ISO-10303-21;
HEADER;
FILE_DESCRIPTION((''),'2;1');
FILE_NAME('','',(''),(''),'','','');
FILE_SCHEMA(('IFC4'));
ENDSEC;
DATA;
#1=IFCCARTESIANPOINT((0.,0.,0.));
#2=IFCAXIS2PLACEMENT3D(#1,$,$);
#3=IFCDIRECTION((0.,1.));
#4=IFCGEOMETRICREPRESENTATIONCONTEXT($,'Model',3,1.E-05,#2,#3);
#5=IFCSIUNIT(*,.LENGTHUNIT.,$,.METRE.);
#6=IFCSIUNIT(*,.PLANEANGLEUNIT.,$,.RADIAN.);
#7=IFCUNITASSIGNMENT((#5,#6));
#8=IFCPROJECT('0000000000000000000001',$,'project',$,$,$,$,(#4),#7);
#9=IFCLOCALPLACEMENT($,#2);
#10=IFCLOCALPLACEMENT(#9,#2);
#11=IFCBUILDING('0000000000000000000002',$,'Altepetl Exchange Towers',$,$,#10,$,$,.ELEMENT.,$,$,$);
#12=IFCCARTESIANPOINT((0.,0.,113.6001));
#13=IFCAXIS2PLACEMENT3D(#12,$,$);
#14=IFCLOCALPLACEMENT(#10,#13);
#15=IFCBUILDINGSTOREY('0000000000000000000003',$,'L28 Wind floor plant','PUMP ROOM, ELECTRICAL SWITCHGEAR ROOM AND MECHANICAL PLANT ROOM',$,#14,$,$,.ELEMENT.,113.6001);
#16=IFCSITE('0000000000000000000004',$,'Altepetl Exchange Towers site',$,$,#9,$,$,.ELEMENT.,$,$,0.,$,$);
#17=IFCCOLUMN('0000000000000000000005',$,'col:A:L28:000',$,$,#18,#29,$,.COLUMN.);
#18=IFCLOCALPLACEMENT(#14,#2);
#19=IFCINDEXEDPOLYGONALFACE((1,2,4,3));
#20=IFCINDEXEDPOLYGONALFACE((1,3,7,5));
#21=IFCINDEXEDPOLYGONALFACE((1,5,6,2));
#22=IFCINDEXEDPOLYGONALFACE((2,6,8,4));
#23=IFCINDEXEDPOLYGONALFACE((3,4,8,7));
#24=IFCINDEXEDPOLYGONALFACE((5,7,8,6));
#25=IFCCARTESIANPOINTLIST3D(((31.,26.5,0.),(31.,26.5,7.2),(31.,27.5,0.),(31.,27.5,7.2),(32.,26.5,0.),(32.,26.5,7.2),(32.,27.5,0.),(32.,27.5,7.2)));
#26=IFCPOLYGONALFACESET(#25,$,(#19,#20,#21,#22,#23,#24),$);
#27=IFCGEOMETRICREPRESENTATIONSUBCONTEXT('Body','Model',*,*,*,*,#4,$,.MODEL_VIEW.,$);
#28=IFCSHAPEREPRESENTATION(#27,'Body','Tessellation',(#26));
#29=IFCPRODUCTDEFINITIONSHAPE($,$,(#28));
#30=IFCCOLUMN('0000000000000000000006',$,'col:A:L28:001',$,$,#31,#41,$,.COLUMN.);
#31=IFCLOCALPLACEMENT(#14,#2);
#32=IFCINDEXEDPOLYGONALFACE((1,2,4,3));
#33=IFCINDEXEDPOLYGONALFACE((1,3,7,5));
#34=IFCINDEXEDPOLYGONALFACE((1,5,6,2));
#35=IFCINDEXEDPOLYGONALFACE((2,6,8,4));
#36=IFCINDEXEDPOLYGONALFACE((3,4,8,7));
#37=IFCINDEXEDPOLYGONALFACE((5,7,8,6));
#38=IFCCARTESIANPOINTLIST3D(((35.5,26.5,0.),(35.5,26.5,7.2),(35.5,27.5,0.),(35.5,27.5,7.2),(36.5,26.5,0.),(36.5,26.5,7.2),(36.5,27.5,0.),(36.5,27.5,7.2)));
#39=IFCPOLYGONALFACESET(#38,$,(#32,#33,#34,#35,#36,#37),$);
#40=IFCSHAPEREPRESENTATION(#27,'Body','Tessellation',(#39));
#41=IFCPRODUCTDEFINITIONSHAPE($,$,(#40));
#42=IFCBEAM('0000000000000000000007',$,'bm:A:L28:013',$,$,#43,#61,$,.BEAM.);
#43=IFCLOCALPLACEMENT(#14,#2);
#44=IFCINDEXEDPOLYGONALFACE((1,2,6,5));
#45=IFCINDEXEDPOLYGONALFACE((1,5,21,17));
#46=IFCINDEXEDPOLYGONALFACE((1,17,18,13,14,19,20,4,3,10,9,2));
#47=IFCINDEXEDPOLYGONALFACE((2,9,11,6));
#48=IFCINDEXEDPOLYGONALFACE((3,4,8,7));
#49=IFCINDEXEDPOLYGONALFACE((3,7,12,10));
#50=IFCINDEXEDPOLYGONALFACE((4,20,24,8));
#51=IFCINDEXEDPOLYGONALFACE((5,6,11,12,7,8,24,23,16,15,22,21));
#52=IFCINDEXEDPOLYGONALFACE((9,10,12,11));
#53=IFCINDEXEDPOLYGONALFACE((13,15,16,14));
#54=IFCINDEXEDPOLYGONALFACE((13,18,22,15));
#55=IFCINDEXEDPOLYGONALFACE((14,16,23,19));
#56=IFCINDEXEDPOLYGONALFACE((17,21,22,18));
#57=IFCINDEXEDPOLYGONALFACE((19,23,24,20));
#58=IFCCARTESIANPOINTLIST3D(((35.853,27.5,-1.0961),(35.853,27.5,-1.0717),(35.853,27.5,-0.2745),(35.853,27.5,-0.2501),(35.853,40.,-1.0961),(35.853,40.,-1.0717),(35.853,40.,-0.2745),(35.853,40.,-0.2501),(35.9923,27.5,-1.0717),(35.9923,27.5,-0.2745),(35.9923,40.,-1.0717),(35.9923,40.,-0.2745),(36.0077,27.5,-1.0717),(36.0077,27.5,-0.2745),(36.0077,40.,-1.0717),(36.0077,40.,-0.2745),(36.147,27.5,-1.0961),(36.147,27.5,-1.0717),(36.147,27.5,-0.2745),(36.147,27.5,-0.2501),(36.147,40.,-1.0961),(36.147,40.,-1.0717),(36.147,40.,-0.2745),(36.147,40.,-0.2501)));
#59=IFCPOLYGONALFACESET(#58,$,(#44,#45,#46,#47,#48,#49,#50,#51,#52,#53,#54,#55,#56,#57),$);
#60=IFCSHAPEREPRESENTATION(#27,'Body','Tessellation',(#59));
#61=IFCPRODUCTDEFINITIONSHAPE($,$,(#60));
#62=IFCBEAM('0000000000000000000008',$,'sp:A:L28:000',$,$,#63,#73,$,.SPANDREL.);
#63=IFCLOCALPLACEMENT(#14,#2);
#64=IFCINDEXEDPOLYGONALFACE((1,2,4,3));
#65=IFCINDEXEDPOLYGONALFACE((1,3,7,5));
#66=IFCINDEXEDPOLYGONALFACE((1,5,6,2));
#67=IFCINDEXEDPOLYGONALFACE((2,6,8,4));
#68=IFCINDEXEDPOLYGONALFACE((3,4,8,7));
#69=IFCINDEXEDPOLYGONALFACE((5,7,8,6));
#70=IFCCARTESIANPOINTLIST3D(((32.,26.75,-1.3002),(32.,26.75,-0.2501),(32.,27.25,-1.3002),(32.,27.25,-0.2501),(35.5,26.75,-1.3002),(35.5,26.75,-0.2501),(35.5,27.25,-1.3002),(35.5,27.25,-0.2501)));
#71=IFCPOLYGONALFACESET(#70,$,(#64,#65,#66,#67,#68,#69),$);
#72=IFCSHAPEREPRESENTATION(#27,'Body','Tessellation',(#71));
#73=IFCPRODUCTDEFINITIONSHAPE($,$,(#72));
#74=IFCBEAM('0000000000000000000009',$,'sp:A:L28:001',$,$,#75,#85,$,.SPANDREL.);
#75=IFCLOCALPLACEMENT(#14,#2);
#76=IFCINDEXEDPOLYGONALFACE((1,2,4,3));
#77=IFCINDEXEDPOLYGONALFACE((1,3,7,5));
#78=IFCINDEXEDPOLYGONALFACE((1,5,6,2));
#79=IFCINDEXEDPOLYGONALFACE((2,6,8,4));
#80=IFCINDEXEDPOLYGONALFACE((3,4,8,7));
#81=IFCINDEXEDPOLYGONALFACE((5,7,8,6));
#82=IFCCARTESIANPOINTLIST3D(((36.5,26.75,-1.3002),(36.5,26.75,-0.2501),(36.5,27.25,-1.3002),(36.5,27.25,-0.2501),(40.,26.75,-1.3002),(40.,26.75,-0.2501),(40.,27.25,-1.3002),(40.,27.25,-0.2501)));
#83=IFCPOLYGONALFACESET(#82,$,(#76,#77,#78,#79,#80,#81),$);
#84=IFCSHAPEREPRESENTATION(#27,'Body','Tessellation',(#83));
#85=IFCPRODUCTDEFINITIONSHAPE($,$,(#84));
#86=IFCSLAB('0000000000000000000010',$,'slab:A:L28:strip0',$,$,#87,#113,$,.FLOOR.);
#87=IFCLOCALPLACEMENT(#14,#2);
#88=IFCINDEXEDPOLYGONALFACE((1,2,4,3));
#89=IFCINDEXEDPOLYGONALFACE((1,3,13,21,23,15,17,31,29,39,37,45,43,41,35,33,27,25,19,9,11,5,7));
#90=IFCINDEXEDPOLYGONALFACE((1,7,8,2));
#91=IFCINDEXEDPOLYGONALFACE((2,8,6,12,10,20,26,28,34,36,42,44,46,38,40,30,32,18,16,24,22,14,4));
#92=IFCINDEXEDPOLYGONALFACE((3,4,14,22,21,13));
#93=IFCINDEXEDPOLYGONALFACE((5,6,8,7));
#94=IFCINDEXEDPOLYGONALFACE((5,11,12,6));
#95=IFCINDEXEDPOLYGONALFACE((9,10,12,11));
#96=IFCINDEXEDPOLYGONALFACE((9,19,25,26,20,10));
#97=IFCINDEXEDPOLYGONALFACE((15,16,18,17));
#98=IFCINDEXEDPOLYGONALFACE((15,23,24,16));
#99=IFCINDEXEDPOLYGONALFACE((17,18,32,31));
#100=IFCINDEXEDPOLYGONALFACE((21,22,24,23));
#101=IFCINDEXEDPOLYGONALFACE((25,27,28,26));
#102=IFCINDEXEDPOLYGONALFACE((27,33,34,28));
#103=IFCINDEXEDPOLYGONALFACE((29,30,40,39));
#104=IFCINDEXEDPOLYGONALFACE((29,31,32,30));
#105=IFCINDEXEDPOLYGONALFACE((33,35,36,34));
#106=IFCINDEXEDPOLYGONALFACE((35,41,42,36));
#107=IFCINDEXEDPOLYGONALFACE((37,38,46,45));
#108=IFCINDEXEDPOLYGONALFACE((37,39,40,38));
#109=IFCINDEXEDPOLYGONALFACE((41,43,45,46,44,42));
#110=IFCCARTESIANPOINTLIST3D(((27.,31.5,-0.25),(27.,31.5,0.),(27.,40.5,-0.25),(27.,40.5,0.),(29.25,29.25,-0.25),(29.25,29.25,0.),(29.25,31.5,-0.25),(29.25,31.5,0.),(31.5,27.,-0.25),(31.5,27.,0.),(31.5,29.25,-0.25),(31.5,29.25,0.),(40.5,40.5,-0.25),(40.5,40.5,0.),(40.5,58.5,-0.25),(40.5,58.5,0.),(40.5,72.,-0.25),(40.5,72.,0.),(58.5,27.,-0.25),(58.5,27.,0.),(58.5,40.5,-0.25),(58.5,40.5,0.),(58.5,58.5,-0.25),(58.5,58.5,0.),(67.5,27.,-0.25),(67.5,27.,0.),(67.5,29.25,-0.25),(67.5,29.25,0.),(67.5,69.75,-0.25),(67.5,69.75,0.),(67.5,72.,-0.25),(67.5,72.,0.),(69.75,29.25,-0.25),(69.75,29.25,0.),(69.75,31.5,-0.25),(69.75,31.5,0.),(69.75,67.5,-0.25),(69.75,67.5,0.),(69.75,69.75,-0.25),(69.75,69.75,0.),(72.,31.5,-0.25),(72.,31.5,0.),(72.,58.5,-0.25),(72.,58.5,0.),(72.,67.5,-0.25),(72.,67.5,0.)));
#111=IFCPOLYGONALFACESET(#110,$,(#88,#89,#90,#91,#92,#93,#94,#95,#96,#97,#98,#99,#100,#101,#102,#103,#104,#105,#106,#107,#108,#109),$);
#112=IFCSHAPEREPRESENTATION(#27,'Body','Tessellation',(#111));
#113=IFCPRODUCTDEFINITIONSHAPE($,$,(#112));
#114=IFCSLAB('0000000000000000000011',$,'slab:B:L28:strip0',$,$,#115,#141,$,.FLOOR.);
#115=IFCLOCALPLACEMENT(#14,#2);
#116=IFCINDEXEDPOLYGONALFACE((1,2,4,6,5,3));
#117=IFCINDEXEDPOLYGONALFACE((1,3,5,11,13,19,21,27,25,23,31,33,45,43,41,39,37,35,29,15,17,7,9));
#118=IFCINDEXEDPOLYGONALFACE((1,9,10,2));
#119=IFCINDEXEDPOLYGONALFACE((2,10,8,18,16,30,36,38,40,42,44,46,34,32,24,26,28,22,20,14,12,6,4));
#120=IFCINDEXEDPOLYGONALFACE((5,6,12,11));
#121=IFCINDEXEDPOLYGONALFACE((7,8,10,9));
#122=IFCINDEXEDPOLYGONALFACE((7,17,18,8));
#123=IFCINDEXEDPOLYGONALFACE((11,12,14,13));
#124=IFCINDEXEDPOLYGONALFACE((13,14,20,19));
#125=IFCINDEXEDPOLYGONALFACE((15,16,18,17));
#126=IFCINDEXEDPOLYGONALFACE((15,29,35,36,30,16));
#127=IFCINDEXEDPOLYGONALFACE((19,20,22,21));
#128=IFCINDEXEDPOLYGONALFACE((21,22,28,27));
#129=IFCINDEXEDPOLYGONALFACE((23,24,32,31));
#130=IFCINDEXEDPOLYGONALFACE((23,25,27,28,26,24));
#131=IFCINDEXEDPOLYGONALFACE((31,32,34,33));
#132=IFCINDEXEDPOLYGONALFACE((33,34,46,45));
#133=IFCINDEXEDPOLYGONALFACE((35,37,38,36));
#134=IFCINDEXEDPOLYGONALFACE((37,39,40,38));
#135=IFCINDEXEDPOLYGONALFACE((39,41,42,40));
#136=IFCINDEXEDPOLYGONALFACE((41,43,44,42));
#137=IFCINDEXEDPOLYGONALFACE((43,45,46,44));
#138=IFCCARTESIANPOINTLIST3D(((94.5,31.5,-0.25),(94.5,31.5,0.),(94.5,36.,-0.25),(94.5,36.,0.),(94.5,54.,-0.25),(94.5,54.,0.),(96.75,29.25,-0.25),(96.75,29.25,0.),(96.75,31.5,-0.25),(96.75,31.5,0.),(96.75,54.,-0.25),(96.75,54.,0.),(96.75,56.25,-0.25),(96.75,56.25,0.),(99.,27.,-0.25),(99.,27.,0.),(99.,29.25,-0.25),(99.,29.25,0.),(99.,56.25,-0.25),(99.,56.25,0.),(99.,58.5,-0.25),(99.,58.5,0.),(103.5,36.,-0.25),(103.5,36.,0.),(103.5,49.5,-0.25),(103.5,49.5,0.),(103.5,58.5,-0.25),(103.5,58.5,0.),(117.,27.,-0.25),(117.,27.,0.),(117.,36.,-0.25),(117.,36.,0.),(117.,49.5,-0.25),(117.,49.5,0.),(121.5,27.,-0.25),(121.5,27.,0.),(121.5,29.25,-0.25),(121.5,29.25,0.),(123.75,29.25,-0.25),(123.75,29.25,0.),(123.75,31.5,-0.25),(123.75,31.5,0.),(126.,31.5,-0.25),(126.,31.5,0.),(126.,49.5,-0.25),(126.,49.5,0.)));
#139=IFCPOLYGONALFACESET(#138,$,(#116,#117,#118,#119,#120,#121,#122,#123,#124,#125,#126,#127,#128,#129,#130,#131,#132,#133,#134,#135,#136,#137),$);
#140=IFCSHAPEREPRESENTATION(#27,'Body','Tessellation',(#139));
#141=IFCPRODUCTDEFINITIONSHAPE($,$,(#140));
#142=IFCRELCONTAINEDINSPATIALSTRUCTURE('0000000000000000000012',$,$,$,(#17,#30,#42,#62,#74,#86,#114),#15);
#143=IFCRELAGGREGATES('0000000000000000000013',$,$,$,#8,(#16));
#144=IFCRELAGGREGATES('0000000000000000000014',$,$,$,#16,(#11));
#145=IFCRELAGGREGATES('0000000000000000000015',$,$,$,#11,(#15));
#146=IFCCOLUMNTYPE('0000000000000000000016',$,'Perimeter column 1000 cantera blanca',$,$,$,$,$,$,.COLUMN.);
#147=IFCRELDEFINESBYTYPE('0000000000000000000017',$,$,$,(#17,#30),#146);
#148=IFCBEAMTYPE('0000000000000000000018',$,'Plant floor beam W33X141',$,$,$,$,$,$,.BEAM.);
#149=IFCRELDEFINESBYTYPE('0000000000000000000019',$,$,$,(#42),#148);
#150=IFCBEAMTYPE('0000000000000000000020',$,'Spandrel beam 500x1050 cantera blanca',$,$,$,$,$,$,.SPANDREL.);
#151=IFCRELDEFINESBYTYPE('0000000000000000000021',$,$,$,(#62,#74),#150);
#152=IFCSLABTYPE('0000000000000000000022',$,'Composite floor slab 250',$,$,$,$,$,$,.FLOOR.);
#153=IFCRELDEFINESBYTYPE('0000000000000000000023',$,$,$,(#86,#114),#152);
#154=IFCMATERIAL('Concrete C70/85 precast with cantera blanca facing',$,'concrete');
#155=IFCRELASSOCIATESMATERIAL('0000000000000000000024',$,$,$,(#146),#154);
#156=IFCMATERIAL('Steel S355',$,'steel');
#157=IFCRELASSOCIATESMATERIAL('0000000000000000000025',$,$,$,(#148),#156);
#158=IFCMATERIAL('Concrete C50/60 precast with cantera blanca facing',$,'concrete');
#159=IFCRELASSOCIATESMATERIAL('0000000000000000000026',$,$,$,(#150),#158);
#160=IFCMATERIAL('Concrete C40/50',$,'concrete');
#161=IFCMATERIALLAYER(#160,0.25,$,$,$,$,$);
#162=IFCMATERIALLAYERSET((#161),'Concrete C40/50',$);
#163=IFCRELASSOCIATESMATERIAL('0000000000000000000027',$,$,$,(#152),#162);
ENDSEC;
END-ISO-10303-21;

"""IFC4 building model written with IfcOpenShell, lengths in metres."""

from ifc_helpers import new_model, si_unit, direction, frame, origin, origin_2d, place, context, subcontext, project, spatial, polyline, rectangle, i_section, outline, extrude, material, layer, layer_set, material_profile, profile_set, type_object, element, save


model = new_model("IFC4")

# Units and contexts
model_context = context("Model", 3, precision=1e-05, world=origin(), true_north=direction((0.0, 1.0)))
body_context = subcontext(model_context, "Body", "Model", "MODEL_VIEW")
ifc_project = project(units=[si_unit("LENGTHUNIT", "METRE"), si_unit("PLANEANGLEUNIT", "RADIAN")], contexts=[model_context])

# Site, building, storey
site_placement = place(None, origin())
site = spatial("IfcSite", under=ifc_project, at=site_placement, Name="Altepetl Exchange Towers site", CompositionType="ELEMENT", RefElevation=0.0)
building_placement = place(site_placement, origin())
building = spatial("IfcBuilding", under=site, at=building_placement, Name="Altepetl Exchange Towers", CompositionType="ELEMENT")
storey_placement = place(building_placement, frame((0.0, 0.0, 113.6001)))
storey = spatial("IfcBuildingStorey", under=building, at=storey_placement, Name="L28 Wind floor plant", Description="PUMP ROOM, ELECTRICAL SWITCHGEAR ROOM AND MECHANICAL PLANT ROOM", CompositionType="ELEMENT", Elevation=113.6001)

# Columns
ifc_material_1 = material(Name="Concrete C70/85 precast with cantera blanca facing", Category="concrete")
ifc_material_profile_1 = material_profile(ifc_material_1, rectangle(XDim=1.0, YDim=1.0, at=origin_2d()), Name="1000 x 1000")
ifc_profile_set_1 = profile_set([ifc_material_profile_1], Name="Concrete C70/85 precast with cantera blanca facing")
column_type = type_object("IfcColumnType", Name="Perimeter column 1000 cantera blanca", PredefinedType="COLUMN", material=ifc_profile_set_1)
for number, where, name in (
    (1, (31.5, 27.0, 0.0), "col:A:L28:000"),
    (2, (36.0, 27.0, 0.0), "col:A:L28:001"),
):
    element("IfcColumn", number, at=place(storey_placement, frame(where)), inside=storey, type_object=column_type, Name=name, PredefinedType="COLUMN", context=body_context, shape_type="SweptSolid", body=[
        extrude(rectangle(XDim=1.0, YDim=1.0, at=origin_2d()), origin(), (0.0, 0.0, 1.0), 7.2),
    ])

# Beams
ifc_material_2 = material(Name="Steel S355", Category="steel")
ifc_material_profile_2 = material_profile(ifc_material_2, i_section(OverallWidth=0.2939, OverallDepth=0.8459, WebThickness=0.0154, FlangeThickness=0.0244, at=origin_2d()), Name="W33X141")
ifc_profile_set_2 = profile_set([ifc_material_profile_2], Name="Steel S355")
beam_type_1 = type_object("IfcBeamType", Name="Plant floor beam W33X141", PredefinedType="BEAM", material=ifc_profile_set_2)
beam_placement = place(storey_placement, frame((36.0, 27.5, -0.6731), z_axis=(0.0, 1.0, 0.0), x_axis=(-1.0, 0.0, 0.0)))
element("IfcBeam", 3, at=beam_placement, inside=storey, type_object=beam_type_1, Name="bm:A:L28:013", PredefinedType="BEAM", context=body_context, shape_type="SweptSolid", body=[
    extrude(i_section(OverallWidth=0.2939, OverallDepth=0.8459, WebThickness=0.0154, FlangeThickness=0.0244, at=origin_2d()), origin(), (0.0, 0.0, 1.0), 12.5),
])
ifc_material_3 = material(Name="Concrete C50/60 precast with cantera blanca facing", Category="concrete")
ifc_material_profile_3 = material_profile(ifc_material_3, rectangle(XDim=0.5, YDim=1.05, at=origin_2d()), Name="500 x 1050")
ifc_profile_set_3 = profile_set([ifc_material_profile_3], Name="Concrete C50/60 precast with cantera blanca facing")
beam_type_2 = type_object("IfcBeamType", Name="Spandrel beam 500x1050 cantera blanca", PredefinedType="SPANDREL", material=ifc_profile_set_3)
for number, where, z_axis, x_axis, name in (
    (4, (32.0, 27.0, -0.7751), (1.0, 0.0, 0.0), (0.0, 1.0, 0.0), "sp:A:L28:000"),
    (5, (36.5, 27.0, -0.7751), (1.0, 0.0, 0.0), (0.0, 1.0, 0.0), "sp:A:L28:001"),
):
    element("IfcBeam", number, at=place(storey_placement, frame(where, z_axis=z_axis, x_axis=x_axis)), inside=storey, type_object=beam_type_2, Name=name, PredefinedType="SPANDREL", context=body_context, shape_type="SweptSolid", body=[
        extrude(rectangle(XDim=0.5, YDim=1.05, at=origin_2d()), origin(), (0.0, 0.0, 1.0), 3.5),
    ])

# Slabs
ifc_material_4 = material(Name="Concrete C40/50", Category="concrete")
ifc_layer_1 = layer(ifc_material_4, 0.25)
ifc_layer_set_1 = layer_set([ifc_layer_1], Name="Concrete C40/50")
slab_type_1 = type_object("IfcSlabType", Name="Composite floor slab 250", PredefinedType="FLOOR", material=ifc_layer_set_1)
slab_1_placement = place(storey_placement, frame((0.0, 0.0, -0.25)))
element("IfcSlab", 6, at=slab_1_placement, inside=storey, type_object=slab_type_1, Name="slab:A:L28:strip0", PredefinedType="FLOOR", context=body_context, shape_type="SweptSolid", body=[
    extrude(outline(polyline([(40.5, 72.0), (40.5, 58.5), (58.5, 58.5), (58.5, 40.5), (40.5, 40.5), (27.0, 40.5), (27.0, 31.5), (29.25, 31.5), (29.25, 29.25), (31.5, 29.25), (31.5, 27.0), (58.5, 27.0), (67.5, 27.0), (67.5, 29.25), (69.75, 29.25), (69.75, 31.5), (72.0, 31.5), (72.0, 58.5), (72.0, 67.5), (69.75, 67.5), (69.75, 69.75), (67.5, 69.75), (67.5, 72.0), (40.5, 72.0)])), origin(), (0.0, 0.0, 1.0), 0.25),
])
slab_2_placement = place(storey_placement, frame((0.0, 0.0, -0.25)))
element("IfcSlab", 7, at=slab_2_placement, inside=storey, type_object=slab_type_1, Name="slab:B:L28:strip0", PredefinedType="FLOOR", context=body_context, shape_type="SweptSolid", body=[
    extrude(outline(polyline([(96.75, 56.25), (96.75, 54.0), (94.5, 54.0), (94.5, 36.0), (94.5, 31.5), (96.75, 31.5), (96.75, 29.25), (99.0, 29.25), (99.0, 27.0), (117.0, 27.0), (121.5, 27.0), (121.5, 29.25), (123.75, 29.25), (123.75, 31.5), (126.0, 31.5), (126.0, 49.5), (117.0, 49.5), (117.0, 36.0), (103.5, 36.0), (103.5, 49.5), (103.5, 58.5), (99.0, 58.5), (99.0, 56.25), (96.75, 56.25)])), origin(), (0.0, 0.0, 1.0), 0.25),
])

save(model, "model.ifc")
